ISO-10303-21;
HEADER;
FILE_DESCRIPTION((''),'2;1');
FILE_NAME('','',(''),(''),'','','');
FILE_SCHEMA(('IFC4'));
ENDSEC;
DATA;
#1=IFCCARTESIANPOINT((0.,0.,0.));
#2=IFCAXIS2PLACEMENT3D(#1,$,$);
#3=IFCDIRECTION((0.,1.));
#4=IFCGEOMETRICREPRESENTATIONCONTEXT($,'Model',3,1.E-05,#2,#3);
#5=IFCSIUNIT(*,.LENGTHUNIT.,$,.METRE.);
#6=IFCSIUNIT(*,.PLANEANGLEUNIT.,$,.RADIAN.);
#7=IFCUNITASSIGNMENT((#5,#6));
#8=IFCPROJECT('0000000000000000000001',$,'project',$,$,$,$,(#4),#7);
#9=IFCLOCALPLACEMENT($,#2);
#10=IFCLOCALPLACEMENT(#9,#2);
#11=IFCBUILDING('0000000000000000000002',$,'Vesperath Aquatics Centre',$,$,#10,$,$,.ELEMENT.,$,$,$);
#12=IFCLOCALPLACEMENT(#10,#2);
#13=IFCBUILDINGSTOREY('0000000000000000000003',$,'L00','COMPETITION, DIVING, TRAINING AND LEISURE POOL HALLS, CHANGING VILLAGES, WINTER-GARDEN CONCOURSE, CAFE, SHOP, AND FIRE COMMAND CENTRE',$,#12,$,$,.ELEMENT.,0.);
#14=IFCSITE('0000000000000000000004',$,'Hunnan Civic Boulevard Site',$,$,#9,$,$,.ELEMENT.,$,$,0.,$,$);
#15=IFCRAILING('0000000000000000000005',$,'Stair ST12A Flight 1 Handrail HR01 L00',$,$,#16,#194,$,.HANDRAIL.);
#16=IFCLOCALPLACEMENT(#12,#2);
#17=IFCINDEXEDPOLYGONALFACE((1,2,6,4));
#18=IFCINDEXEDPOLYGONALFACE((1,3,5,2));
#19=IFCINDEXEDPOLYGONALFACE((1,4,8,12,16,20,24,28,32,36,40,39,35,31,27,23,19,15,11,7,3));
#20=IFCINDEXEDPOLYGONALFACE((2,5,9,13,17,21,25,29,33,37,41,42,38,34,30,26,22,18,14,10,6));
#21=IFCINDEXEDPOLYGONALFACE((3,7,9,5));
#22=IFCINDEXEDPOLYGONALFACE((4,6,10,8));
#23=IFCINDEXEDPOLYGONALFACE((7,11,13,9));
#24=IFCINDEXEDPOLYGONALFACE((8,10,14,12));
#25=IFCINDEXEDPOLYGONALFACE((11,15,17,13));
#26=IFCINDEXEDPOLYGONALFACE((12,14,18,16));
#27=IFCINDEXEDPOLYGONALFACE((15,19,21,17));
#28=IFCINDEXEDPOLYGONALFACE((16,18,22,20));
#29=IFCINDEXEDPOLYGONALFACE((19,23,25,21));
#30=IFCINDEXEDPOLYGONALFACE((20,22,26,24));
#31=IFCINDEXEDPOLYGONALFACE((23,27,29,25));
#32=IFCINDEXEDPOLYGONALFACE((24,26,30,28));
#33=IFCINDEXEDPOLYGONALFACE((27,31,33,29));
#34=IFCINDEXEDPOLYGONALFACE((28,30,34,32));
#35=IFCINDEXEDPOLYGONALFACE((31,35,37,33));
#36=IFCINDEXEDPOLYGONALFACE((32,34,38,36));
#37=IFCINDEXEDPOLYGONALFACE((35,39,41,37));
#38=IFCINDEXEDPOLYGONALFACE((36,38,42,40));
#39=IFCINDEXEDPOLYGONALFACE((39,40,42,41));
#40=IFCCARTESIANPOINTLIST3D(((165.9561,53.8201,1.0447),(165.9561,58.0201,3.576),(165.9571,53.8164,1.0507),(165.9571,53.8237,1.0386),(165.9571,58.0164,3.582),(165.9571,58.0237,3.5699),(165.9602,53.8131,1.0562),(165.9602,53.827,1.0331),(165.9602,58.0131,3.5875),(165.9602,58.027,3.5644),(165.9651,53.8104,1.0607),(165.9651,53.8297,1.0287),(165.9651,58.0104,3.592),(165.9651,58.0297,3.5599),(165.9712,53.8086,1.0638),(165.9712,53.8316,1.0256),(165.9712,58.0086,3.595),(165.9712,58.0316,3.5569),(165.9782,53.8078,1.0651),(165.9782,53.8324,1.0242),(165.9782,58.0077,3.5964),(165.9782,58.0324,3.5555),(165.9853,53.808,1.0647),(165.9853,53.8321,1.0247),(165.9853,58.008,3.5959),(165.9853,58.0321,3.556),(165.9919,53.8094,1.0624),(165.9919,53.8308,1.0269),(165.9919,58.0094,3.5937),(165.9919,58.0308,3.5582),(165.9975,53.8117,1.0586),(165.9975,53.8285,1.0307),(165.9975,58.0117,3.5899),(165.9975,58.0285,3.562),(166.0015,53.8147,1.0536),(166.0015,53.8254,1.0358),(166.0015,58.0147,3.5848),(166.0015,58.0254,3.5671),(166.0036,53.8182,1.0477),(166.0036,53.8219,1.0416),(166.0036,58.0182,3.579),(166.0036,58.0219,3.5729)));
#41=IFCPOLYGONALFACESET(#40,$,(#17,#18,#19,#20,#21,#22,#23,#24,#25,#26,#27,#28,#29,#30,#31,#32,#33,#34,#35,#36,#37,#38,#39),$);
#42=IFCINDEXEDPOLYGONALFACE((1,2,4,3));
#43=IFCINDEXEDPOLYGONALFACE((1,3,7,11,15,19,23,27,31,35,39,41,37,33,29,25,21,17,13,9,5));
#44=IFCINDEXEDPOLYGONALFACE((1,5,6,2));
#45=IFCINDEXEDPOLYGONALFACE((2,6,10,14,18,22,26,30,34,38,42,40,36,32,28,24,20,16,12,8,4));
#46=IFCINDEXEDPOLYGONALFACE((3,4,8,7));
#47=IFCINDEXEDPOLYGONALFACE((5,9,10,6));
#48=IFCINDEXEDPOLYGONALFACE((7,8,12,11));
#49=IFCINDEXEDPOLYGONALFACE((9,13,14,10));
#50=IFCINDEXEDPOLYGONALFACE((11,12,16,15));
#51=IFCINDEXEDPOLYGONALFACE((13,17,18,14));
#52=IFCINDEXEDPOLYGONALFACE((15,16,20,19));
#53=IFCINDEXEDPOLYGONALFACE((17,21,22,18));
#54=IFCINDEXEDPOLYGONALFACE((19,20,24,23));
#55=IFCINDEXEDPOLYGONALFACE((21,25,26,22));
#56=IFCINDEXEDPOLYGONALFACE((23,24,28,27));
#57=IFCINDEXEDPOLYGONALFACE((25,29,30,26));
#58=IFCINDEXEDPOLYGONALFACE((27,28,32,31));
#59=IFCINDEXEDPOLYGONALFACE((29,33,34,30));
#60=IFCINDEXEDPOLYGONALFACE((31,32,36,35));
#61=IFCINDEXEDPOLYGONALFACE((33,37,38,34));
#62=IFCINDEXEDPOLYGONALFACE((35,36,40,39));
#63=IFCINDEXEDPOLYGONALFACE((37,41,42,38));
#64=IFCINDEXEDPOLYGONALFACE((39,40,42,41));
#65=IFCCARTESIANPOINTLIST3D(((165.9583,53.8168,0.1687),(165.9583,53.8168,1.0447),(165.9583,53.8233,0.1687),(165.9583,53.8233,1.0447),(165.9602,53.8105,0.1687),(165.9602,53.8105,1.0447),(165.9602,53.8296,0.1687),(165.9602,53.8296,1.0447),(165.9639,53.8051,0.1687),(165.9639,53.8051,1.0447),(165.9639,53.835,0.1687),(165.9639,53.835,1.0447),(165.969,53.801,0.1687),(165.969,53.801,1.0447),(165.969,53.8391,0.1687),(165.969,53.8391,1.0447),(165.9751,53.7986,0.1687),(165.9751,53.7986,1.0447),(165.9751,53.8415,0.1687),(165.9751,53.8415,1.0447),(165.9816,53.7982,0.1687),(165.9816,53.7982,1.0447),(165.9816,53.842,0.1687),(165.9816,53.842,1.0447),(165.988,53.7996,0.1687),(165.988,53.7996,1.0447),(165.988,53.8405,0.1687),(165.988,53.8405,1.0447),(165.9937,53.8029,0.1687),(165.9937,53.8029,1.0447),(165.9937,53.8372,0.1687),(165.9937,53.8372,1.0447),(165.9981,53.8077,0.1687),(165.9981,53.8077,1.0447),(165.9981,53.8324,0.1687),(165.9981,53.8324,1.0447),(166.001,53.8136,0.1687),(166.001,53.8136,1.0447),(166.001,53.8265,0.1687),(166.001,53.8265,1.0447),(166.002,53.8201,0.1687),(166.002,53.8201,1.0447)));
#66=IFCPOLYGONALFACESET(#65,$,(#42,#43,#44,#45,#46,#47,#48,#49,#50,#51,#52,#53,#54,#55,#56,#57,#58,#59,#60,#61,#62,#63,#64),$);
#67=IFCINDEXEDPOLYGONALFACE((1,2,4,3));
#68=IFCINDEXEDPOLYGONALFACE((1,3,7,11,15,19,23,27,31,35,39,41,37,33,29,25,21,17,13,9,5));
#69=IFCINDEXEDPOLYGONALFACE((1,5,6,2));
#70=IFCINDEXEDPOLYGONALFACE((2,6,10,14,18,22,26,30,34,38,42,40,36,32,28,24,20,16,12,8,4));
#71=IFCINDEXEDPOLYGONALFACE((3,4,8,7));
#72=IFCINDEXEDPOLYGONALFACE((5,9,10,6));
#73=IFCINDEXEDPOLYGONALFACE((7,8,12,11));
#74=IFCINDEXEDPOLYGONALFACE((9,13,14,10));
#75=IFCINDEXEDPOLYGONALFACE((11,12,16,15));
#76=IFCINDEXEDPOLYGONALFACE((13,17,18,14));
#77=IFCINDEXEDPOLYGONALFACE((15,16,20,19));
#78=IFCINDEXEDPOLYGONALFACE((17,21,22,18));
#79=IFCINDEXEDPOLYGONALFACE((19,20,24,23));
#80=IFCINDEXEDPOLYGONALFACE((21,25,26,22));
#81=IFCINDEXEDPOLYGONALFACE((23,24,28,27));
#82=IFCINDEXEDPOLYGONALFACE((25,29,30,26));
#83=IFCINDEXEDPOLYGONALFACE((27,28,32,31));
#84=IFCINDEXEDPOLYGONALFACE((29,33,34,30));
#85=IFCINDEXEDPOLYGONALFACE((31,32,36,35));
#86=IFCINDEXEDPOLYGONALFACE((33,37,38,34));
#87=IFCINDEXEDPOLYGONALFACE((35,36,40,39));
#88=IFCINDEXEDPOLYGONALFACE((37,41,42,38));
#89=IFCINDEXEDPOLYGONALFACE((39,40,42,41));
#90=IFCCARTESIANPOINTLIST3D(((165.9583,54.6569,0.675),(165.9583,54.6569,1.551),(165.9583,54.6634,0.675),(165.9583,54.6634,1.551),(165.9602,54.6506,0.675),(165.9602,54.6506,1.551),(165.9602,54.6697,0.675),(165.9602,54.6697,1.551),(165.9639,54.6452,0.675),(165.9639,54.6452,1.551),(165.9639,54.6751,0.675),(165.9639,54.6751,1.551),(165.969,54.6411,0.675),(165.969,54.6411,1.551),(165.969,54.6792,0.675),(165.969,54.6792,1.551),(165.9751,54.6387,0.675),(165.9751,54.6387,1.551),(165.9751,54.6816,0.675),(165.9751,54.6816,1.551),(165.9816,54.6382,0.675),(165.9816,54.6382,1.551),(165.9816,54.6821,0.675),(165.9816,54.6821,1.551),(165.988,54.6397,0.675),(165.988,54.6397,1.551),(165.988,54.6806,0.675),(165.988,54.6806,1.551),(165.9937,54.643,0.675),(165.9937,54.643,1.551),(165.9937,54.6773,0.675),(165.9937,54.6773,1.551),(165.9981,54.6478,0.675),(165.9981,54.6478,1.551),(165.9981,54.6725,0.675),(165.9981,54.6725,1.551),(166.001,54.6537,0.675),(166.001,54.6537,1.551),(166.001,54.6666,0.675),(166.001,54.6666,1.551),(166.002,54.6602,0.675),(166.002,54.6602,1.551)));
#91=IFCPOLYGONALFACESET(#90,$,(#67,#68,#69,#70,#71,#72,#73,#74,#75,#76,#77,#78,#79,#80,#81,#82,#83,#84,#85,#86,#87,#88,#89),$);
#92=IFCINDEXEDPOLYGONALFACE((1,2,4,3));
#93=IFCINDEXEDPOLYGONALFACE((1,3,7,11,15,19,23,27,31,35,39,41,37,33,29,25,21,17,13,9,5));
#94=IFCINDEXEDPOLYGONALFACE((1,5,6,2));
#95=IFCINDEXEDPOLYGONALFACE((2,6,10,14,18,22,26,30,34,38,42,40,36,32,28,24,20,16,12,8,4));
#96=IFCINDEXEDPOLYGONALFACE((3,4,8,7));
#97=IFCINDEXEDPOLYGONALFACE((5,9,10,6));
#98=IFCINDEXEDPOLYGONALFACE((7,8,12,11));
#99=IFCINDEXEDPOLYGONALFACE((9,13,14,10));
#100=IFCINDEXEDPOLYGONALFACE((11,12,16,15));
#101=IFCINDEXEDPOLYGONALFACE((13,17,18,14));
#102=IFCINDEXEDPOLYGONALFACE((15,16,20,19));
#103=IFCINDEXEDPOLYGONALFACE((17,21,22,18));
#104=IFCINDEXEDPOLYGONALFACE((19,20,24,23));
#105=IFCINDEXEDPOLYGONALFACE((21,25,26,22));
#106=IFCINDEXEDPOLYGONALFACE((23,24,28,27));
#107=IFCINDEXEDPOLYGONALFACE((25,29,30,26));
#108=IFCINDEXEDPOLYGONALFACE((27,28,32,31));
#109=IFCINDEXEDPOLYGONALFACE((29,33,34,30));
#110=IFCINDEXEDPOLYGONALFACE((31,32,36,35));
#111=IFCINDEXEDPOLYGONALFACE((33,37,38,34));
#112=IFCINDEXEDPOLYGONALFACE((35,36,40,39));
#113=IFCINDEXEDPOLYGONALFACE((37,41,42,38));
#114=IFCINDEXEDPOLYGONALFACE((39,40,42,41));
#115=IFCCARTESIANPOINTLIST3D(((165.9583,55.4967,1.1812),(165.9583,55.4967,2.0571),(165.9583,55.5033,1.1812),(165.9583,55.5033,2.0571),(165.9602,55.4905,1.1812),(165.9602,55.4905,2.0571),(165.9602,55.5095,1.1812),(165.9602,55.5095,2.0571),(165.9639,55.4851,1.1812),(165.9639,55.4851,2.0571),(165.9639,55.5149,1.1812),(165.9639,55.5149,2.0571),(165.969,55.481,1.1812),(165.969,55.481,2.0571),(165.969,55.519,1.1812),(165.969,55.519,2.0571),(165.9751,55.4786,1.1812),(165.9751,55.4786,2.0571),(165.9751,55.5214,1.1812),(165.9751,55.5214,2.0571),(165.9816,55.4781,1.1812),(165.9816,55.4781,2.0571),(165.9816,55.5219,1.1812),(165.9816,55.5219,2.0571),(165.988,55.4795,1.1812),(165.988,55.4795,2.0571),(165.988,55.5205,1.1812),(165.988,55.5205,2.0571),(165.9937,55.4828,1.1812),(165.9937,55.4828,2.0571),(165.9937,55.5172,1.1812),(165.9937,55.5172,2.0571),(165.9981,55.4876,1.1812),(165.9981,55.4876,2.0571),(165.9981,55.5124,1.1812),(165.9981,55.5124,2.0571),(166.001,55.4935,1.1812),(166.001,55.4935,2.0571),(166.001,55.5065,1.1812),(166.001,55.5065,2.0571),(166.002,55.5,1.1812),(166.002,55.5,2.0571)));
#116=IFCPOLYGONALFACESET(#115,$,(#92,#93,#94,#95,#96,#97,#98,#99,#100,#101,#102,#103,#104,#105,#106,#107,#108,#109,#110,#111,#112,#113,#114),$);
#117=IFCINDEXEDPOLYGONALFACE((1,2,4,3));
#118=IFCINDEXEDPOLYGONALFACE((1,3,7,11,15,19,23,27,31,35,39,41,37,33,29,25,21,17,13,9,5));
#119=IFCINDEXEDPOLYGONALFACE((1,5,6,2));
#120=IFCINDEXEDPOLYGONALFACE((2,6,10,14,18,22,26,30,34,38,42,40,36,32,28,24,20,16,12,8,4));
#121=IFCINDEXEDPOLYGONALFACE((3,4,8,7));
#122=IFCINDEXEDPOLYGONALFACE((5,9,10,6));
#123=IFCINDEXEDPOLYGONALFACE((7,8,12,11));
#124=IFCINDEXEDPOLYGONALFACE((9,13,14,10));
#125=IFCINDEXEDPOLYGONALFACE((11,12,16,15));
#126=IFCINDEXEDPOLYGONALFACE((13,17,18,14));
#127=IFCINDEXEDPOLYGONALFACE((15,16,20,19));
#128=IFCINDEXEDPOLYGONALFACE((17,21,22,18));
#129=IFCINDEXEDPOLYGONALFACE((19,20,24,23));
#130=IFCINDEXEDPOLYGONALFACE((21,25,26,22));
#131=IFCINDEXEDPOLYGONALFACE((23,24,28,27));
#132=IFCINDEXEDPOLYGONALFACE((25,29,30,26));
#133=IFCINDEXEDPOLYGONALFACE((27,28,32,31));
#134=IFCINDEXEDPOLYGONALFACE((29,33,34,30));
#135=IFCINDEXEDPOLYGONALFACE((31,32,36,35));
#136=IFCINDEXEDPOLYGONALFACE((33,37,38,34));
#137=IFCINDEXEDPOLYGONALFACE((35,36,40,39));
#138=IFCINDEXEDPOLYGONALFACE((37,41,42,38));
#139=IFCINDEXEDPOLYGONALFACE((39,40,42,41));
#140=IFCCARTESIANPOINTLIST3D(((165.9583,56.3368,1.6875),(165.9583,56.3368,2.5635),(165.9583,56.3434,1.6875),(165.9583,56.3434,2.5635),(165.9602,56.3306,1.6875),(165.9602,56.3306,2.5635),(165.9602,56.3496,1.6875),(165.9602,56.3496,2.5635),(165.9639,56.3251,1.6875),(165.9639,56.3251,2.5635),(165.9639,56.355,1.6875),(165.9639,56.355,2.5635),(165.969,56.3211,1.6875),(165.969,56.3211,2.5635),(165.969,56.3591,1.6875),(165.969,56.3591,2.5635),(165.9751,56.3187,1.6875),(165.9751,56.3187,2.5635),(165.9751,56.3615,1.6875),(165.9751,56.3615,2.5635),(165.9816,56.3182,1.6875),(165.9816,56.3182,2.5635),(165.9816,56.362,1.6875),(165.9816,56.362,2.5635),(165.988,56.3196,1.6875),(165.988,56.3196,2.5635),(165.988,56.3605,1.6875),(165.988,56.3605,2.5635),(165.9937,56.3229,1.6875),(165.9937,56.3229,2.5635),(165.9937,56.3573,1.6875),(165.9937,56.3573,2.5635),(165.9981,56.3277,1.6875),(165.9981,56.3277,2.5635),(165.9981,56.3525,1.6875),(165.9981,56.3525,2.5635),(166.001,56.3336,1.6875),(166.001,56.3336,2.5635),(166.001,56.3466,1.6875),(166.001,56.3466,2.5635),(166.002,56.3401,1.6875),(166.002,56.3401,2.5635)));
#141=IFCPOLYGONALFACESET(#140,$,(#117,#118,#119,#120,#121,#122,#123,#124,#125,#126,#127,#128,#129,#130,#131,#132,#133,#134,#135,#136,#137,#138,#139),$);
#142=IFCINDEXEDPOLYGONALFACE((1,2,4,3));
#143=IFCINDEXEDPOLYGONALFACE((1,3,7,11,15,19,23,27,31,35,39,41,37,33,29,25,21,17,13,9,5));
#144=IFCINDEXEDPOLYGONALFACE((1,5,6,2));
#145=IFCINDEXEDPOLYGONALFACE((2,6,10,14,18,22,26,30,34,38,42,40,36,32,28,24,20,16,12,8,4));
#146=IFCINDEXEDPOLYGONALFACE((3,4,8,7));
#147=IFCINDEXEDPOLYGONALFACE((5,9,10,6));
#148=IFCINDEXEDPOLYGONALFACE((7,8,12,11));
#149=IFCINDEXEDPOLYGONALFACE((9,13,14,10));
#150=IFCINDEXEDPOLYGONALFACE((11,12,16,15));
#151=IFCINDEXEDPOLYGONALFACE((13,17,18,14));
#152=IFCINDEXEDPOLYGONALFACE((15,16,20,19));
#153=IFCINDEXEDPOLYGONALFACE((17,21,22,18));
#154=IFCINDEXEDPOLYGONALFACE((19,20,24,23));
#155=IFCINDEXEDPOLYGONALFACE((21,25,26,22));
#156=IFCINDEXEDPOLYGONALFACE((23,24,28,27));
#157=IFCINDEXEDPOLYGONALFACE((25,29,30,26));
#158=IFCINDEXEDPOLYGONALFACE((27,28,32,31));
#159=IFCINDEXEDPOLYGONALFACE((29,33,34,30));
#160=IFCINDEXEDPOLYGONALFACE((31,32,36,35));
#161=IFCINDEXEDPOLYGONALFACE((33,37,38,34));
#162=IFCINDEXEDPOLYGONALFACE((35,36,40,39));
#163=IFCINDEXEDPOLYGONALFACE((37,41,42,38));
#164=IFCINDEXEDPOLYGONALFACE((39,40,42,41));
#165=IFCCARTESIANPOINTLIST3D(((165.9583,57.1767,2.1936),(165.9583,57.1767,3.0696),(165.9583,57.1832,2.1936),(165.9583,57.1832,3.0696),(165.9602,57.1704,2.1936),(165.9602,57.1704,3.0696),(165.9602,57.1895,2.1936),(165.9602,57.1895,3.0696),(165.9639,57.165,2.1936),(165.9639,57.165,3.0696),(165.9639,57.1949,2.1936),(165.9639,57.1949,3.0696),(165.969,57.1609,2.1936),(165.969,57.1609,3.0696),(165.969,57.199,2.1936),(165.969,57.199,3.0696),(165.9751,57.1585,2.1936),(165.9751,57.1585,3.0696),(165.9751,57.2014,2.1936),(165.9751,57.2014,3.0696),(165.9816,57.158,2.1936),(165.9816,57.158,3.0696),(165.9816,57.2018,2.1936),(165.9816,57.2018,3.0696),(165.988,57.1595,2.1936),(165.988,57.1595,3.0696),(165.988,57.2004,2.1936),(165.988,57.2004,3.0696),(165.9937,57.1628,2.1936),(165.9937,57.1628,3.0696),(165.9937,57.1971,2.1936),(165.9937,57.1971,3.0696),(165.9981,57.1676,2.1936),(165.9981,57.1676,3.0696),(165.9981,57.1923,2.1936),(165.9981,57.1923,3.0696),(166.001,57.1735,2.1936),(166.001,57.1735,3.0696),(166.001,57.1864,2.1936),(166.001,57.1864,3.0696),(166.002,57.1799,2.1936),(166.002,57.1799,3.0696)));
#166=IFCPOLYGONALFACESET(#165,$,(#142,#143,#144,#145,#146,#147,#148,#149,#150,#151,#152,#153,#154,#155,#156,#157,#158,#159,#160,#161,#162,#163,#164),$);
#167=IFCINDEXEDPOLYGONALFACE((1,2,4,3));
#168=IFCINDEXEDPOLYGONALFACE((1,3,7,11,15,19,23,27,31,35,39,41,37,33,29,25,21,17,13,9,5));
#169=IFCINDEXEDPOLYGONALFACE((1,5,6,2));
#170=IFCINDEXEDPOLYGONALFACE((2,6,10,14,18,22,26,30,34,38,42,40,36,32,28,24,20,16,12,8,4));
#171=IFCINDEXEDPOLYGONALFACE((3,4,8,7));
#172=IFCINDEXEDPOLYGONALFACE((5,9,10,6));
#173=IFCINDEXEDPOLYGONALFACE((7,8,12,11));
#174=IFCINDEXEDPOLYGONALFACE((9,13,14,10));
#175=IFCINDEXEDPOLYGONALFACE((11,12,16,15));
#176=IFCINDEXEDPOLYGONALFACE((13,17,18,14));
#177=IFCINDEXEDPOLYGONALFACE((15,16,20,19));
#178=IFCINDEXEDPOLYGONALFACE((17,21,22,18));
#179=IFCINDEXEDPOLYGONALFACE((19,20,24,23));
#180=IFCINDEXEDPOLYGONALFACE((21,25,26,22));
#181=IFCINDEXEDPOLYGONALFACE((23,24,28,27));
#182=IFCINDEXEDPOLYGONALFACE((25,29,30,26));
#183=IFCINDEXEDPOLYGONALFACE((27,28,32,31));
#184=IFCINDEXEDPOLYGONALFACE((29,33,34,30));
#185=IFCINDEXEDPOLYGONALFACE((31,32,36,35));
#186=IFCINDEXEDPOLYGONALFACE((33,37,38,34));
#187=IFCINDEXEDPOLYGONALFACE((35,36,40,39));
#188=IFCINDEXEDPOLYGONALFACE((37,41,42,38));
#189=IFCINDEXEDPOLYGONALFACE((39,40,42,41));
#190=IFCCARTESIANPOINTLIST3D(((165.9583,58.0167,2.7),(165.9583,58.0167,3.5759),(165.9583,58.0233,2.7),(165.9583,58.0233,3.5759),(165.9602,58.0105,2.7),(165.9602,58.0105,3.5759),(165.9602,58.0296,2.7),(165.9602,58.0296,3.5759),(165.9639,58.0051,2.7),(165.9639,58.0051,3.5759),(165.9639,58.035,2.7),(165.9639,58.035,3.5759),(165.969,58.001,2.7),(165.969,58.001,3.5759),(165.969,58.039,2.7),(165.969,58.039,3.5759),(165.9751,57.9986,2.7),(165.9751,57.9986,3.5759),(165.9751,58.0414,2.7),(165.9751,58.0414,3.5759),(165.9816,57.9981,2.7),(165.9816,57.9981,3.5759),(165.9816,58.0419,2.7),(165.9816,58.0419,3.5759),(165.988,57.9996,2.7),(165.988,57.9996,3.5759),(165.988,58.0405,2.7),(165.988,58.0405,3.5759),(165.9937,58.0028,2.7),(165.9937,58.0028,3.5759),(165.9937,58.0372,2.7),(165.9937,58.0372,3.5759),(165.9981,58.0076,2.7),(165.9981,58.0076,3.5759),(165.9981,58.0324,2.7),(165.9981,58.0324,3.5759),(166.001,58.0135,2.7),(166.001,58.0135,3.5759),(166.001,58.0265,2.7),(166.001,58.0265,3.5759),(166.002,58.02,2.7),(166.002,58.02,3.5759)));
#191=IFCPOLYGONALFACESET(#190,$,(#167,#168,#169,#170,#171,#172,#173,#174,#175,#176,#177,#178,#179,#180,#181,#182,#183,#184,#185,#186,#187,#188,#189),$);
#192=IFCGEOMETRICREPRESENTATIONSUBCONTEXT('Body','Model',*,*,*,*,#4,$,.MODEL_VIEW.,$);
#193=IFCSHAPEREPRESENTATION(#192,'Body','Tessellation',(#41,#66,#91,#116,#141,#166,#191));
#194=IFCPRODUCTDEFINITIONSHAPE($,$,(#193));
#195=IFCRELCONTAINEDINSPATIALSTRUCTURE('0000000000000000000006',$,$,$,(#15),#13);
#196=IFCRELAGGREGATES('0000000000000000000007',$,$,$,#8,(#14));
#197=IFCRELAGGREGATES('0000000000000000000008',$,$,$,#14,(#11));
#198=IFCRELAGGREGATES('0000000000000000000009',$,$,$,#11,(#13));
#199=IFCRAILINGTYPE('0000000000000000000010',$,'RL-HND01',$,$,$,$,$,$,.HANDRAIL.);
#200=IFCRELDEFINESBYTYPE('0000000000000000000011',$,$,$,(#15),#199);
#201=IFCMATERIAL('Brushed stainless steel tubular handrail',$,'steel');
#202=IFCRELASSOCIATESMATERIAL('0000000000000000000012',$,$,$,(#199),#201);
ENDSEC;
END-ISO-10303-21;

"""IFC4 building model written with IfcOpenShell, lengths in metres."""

from ifc_helpers import new_model, si_unit, direction, frame, origin, origin_2d, place, context, subcontext, project, spatial, circle, extrude, material, type_object, element, save


model = new_model("IFC4")

# Units and contexts
model_context = context("Model", 3, precision=1e-05, world=origin(), true_north=direction((0.0, 1.0)))
body_context = subcontext(model_context, "Body", "Model", "MODEL_VIEW")
ifc_project = project(units=[si_unit("LENGTHUNIT", "METRE"), si_unit("PLANEANGLEUNIT", "RADIAN")], contexts=[model_context])

# Site, building, storey
site_placement = place(None, origin())
site = spatial("IfcSite", under=ifc_project, at=site_placement, Name="Hunnan Civic Boulevard Site", CompositionType="ELEMENT", RefElevation=0.0)
building_placement = place(site_placement, origin())
building = spatial("IfcBuilding", under=site, at=building_placement, Name="Vesperath Aquatics Centre", CompositionType="ELEMENT")
storey_placement = place(building_placement, origin())
storey = spatial("IfcBuildingStorey", under=building, at=storey_placement, Name="L00", Description="COMPETITION, DIVING, TRAINING AND LEISURE POOL HALLS, CHANGING VILLAGES, WINTER-GARDEN CONCOURSE, CAFE, SHOP, AND FIRE COMMAND CENTRE", CompositionType="ELEMENT", Elevation=0.0)

# Railing
ifc_material_1 = material(Name="Brushed stainless steel tubular handrail", Category="steel")
railing_type_1 = type_object("IfcRailingType", Name="RL-HND01", PredefinedType="HANDRAIL", material=ifc_material_1)
railing_1_placement = place(storey_placement, frame((165.98, 53.8201, 0.1687)))
element("IfcRailing", 1, at=railing_1_placement, inside=storey, type_object=railing_type_1, Name="Stair ST12A Flight 1 Handrail HR01 L00", PredefinedType="HANDRAIL", context=body_context, shape_type="SweptSolid", body=[
    extrude(circle(Radius=0.0239, at=origin_2d()), frame((0.0, 0.0, 0.876), z_axis=(0.0, 0.856476, 0.516186), x_axis=(-1.0, 0.0, 0.0)), (0.0, 0.0, 1.0), 4.9038),
    extrude(circle(Radius=0.022, at=origin_2d()), origin(), (0.0, 0.0, 1.0), 0.876),
    extrude(circle(Radius=0.022, at=origin_2d()), frame((0.0, 0.8401, 0.5063)), (0.0, 0.0, 1.0), 0.876),
    extrude(circle(Radius=0.022, at=origin_2d()), frame((0.0, 1.6799, 1.0125)), (0.0, 0.0, 1.0), 0.876),
    extrude(circle(Radius=0.022, at=origin_2d()), frame((0.0, 2.52, 1.5188)), (0.0, 0.0, 1.0), 0.876),
    extrude(circle(Radius=0.022, at=origin_2d()), frame((0.0, 3.3599, 2.0249)), (0.0, 0.0, 1.0), 0.876),
    extrude(circle(Radius=0.022, at=origin_2d()), frame((0.0, 4.2, 2.5312)), (0.0, 0.0, 1.0), 0.876),
])

save(model, "model.ifc")
